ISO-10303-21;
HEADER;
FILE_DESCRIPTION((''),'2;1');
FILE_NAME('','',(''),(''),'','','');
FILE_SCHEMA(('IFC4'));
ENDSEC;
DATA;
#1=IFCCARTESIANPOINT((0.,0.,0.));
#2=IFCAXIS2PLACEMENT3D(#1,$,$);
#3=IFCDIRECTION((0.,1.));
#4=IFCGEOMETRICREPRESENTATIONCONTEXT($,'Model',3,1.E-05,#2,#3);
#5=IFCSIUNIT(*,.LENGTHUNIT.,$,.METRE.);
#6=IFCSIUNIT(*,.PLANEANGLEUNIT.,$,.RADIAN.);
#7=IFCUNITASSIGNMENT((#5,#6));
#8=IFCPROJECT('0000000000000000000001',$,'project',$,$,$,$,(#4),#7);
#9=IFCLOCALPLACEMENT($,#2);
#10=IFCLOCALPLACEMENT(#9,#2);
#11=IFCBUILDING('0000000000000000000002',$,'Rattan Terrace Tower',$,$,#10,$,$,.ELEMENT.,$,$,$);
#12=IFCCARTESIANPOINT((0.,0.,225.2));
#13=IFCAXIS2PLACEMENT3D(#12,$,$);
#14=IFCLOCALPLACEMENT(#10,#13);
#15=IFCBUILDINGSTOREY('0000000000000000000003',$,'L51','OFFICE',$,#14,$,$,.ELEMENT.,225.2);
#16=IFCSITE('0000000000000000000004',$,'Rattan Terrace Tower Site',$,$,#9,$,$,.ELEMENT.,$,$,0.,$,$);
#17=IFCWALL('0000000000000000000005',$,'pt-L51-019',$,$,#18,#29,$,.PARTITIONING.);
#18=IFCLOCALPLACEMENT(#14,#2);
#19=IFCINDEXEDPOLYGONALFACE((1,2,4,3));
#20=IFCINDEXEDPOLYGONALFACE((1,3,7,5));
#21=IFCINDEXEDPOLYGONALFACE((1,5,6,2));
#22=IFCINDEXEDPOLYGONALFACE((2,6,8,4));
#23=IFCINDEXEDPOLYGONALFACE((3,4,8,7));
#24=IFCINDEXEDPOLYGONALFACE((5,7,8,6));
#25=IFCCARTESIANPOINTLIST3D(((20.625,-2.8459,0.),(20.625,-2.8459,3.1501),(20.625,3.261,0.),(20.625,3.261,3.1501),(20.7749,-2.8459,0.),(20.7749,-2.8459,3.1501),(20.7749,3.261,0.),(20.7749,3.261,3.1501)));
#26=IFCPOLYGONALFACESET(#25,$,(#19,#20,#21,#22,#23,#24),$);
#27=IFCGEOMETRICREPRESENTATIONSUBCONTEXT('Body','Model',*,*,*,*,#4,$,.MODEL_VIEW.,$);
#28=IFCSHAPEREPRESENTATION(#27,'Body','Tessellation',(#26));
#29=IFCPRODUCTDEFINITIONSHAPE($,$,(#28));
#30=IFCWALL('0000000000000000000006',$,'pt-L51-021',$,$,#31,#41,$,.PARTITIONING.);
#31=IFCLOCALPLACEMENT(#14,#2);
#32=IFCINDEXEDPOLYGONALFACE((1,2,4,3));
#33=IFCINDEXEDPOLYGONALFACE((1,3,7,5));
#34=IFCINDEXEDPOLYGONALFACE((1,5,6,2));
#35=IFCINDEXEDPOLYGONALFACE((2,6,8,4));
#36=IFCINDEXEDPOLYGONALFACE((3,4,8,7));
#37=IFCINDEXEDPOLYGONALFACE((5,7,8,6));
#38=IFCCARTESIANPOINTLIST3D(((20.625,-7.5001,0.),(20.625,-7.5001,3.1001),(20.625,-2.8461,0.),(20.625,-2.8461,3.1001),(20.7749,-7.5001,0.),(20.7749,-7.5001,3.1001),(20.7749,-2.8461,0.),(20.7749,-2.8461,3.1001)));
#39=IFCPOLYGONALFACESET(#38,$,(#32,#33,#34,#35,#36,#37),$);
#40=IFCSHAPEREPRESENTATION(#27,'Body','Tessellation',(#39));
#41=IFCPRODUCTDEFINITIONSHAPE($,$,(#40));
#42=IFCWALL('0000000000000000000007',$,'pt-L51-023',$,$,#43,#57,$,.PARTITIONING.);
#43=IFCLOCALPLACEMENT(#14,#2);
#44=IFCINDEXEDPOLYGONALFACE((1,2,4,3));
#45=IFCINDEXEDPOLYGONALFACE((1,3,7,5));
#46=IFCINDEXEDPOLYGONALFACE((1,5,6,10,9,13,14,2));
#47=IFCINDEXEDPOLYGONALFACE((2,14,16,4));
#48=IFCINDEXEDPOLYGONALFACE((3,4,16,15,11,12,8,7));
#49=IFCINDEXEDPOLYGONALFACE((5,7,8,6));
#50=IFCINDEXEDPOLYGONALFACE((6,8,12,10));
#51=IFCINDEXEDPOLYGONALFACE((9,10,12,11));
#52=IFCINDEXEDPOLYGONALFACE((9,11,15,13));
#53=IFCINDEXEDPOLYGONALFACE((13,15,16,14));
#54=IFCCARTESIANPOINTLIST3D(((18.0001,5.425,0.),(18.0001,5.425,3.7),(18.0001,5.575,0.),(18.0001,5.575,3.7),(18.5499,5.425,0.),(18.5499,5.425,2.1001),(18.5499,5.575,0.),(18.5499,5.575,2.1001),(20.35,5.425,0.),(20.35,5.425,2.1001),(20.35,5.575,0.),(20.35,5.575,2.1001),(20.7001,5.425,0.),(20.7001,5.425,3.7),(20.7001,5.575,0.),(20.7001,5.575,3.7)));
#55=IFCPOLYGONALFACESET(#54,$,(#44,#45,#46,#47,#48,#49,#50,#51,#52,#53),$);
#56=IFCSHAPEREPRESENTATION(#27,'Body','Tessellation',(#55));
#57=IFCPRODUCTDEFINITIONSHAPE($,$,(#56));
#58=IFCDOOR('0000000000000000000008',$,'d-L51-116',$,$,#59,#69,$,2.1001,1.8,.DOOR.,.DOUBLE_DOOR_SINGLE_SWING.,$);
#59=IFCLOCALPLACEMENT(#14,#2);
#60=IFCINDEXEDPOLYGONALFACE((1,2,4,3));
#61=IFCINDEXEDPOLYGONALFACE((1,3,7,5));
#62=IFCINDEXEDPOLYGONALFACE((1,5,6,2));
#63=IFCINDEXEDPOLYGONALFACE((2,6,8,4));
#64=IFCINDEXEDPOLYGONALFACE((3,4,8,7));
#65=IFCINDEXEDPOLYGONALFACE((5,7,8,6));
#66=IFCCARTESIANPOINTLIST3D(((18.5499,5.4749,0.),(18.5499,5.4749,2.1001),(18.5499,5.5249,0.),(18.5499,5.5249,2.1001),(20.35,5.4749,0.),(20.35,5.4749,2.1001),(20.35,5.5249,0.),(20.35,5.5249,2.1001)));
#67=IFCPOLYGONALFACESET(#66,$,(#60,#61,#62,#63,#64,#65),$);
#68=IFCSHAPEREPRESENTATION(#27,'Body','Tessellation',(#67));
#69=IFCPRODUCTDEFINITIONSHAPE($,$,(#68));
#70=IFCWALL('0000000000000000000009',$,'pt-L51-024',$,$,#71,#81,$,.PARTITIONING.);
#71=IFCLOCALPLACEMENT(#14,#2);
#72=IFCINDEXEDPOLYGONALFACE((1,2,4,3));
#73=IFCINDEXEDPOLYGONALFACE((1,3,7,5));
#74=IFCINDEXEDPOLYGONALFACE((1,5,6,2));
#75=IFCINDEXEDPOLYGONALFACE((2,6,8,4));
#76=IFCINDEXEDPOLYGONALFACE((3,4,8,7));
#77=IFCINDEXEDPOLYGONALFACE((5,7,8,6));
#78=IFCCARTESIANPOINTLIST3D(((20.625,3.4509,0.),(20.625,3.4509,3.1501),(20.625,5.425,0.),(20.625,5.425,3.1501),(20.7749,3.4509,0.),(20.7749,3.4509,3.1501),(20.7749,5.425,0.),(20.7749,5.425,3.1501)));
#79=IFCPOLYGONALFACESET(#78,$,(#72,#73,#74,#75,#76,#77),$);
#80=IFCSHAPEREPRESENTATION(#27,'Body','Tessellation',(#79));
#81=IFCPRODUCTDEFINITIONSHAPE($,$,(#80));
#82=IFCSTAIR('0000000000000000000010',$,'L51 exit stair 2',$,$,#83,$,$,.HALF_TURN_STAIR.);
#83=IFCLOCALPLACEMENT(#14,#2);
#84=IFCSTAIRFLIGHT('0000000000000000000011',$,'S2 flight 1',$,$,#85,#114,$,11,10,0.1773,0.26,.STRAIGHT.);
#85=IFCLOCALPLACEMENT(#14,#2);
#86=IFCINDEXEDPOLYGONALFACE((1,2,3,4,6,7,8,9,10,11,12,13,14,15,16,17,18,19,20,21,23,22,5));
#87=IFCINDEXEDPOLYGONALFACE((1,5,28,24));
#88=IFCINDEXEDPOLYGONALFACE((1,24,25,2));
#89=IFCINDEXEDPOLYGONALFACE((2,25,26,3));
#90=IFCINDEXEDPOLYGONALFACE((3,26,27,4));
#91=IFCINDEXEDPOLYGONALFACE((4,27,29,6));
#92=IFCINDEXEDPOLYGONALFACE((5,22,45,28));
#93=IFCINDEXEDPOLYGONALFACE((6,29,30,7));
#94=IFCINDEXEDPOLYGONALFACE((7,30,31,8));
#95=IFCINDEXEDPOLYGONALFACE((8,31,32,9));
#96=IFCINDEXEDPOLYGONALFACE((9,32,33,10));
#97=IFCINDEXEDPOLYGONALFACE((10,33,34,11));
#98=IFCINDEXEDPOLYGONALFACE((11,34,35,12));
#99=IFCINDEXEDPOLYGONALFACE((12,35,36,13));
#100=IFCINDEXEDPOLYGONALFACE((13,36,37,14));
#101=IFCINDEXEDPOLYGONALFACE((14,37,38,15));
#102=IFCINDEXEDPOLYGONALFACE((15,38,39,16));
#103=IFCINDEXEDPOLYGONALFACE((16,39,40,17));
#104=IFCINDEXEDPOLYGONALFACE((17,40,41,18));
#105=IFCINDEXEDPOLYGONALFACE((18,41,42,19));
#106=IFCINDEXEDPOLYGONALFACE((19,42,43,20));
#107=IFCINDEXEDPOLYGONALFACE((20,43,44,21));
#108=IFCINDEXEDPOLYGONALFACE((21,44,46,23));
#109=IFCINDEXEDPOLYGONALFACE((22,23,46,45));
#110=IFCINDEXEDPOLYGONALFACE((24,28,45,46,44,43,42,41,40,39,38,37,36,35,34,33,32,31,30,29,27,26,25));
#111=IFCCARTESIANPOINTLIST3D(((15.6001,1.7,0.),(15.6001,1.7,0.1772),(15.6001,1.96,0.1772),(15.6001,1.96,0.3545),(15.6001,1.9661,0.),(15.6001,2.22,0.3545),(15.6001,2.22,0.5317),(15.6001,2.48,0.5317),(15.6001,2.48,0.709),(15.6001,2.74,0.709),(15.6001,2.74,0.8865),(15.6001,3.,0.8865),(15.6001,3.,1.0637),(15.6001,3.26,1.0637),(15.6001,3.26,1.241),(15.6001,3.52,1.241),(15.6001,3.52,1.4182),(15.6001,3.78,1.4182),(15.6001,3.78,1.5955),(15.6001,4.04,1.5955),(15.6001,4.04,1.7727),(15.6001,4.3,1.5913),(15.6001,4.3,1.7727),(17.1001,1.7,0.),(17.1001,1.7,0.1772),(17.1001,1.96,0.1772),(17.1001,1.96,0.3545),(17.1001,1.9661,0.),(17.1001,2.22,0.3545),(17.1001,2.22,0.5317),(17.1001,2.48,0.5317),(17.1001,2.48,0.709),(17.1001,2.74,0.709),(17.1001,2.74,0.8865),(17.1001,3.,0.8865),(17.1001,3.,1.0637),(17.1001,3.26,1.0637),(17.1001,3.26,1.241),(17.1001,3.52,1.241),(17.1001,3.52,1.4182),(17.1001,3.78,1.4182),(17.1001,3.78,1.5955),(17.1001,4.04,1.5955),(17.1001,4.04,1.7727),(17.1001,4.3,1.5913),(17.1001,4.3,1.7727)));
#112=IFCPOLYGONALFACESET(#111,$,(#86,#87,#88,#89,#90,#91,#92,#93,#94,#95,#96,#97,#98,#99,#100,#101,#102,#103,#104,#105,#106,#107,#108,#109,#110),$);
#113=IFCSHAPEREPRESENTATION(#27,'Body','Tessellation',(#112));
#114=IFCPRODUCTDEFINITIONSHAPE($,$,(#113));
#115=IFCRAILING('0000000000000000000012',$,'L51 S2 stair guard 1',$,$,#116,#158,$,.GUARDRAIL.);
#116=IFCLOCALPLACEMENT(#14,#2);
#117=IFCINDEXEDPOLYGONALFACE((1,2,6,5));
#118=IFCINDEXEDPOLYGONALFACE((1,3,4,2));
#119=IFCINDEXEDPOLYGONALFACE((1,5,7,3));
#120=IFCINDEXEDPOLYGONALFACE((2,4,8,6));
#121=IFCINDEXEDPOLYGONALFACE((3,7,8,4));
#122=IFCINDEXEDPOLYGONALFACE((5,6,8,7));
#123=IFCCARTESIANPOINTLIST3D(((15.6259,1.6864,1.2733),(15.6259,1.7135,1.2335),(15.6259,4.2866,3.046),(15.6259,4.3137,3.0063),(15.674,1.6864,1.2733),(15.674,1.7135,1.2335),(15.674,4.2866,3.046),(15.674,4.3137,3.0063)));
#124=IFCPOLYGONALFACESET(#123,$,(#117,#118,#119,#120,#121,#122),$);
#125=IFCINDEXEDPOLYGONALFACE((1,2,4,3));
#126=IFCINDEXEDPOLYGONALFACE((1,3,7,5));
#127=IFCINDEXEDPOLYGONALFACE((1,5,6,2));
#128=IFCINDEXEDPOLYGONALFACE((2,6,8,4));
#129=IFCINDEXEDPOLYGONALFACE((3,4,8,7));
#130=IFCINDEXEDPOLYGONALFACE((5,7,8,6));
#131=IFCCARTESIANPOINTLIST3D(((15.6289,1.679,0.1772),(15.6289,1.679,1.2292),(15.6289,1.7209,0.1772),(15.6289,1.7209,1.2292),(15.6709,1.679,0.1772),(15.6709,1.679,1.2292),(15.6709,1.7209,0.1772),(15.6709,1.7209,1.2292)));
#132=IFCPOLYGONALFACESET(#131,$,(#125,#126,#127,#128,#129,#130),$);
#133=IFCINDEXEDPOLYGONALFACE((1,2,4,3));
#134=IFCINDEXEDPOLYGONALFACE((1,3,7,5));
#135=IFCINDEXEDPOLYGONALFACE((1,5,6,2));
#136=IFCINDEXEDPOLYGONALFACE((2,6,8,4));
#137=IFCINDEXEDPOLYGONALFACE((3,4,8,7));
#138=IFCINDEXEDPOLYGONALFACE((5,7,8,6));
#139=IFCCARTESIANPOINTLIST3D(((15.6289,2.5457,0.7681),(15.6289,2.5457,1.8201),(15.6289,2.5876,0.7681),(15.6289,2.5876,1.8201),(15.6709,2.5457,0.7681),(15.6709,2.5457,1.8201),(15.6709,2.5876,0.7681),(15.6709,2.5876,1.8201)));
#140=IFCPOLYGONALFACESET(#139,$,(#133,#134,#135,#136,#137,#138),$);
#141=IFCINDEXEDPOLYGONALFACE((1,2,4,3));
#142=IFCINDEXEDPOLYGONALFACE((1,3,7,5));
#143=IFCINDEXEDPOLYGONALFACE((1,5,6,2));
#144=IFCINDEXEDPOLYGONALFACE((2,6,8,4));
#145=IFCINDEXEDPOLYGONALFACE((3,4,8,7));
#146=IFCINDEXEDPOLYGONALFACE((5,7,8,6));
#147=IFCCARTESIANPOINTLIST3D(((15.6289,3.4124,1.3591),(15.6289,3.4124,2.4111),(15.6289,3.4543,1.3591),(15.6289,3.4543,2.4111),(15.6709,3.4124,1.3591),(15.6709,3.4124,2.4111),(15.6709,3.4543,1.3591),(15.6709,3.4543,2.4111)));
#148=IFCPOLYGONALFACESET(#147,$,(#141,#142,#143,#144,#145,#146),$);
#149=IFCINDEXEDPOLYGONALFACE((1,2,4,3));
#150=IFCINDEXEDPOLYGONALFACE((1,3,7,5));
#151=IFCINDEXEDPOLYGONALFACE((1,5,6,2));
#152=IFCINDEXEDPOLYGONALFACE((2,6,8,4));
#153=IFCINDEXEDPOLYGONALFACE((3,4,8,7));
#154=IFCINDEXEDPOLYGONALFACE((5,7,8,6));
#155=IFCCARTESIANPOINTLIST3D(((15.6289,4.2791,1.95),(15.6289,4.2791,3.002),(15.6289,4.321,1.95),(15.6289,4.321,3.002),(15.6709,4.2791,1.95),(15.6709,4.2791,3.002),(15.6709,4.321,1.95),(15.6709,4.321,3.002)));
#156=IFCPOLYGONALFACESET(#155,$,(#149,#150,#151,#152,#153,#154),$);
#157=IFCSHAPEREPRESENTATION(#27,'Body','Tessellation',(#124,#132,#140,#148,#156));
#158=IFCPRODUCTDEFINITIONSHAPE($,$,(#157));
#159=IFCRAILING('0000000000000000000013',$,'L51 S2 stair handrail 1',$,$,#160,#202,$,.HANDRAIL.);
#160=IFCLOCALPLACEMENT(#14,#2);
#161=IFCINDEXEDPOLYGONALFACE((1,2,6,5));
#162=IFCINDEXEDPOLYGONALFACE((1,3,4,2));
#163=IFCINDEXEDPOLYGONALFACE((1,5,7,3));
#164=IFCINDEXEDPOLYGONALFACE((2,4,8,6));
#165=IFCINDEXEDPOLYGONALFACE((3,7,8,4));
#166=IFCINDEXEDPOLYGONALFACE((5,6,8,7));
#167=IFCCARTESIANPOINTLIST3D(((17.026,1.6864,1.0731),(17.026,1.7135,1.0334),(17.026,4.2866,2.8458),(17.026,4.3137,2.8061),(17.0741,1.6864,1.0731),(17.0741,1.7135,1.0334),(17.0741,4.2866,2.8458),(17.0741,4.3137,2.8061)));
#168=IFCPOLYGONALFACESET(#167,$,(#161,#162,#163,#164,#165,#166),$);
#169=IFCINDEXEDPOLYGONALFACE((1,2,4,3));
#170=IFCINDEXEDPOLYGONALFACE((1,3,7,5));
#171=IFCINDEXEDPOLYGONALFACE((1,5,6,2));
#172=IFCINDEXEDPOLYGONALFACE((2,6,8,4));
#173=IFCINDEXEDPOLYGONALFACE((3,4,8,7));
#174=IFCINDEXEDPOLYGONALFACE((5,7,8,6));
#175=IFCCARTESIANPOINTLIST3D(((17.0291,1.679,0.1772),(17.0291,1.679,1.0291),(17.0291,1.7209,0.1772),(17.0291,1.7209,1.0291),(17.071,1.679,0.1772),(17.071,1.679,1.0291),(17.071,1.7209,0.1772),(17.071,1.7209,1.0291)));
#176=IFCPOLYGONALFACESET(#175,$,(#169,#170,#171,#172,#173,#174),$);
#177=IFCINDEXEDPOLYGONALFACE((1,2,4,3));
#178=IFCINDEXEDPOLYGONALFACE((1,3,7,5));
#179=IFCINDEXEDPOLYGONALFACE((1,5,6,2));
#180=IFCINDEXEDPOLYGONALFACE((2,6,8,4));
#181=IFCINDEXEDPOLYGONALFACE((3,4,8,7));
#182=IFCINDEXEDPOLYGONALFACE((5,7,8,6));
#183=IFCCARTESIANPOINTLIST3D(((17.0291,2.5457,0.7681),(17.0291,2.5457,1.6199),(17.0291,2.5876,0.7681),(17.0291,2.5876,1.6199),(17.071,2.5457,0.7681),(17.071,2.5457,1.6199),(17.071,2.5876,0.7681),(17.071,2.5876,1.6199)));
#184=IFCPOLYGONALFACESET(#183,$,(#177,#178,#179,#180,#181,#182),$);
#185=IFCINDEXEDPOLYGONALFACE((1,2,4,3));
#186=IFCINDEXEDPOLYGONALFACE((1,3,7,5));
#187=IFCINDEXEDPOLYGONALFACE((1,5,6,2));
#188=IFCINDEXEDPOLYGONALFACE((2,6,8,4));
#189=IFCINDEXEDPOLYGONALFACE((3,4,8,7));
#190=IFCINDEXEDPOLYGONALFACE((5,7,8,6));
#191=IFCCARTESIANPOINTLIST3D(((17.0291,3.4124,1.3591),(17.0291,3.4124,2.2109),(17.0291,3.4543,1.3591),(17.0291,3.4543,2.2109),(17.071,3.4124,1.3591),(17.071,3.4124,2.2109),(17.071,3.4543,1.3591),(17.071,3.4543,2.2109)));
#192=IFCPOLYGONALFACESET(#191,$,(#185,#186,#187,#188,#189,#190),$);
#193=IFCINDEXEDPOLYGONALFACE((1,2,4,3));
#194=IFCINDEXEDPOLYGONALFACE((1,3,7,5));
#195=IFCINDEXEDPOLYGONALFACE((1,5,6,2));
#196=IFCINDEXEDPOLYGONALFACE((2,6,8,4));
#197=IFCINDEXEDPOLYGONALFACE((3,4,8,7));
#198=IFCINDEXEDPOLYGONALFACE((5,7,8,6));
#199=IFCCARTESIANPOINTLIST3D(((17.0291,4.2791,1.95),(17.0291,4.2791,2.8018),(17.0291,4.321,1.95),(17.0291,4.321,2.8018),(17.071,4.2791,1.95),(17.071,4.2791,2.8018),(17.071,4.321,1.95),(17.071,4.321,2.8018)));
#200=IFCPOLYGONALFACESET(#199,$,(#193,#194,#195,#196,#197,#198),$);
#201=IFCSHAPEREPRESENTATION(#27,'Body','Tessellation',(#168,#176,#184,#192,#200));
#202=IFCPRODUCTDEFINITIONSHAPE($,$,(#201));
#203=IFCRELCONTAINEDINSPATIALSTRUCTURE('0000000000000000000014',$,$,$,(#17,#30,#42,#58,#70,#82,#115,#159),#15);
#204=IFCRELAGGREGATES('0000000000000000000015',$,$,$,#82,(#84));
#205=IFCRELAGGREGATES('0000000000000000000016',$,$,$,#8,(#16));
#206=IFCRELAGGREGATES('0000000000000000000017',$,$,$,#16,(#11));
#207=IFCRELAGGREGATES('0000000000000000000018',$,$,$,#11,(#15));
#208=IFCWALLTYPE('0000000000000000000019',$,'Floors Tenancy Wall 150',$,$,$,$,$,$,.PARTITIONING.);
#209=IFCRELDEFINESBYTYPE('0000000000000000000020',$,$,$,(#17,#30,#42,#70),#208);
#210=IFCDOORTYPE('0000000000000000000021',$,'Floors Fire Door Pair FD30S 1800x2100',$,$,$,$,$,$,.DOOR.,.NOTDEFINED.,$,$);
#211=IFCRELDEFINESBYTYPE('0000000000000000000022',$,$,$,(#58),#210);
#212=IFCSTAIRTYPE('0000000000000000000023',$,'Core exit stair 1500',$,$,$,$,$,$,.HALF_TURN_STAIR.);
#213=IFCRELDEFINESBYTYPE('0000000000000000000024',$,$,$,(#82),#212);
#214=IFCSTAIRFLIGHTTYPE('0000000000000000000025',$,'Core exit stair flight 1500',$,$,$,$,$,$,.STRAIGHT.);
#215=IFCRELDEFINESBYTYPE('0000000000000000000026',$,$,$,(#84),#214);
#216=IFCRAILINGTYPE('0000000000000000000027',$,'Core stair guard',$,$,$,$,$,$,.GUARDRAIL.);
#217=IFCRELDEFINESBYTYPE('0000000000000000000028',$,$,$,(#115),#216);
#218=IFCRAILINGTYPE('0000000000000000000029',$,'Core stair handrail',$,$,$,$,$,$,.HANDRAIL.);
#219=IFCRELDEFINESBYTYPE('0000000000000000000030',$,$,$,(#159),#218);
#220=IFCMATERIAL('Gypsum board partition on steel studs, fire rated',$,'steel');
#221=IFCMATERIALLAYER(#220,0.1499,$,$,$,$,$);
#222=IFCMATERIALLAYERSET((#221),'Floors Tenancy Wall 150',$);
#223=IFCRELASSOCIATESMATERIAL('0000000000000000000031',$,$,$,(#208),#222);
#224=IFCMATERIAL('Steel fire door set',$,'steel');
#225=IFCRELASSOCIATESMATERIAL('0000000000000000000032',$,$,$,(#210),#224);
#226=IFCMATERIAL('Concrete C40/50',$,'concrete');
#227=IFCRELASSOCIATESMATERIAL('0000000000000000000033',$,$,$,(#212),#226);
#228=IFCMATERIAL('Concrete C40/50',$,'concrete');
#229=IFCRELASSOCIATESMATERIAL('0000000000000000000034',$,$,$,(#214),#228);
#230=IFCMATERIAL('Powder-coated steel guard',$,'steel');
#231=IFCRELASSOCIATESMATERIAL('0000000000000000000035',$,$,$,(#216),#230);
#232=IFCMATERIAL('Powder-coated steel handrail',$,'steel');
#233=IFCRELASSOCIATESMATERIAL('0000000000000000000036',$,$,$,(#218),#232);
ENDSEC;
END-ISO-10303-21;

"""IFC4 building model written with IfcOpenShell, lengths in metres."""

from ifc_helpers import new_model, si_unit, direction, frame, frame_2d, origin, origin_2d, place, context, subcontext, project, spatial, polyline, rectangle, outline, extrude, material, layer, layer_set, type_object, element, fill, aggregate, save


model = new_model("IFC4")

# Units and contexts
model_context = context("Model", 3, precision=1e-05, world=origin(), true_north=direction((0.0, 1.0)))
body_context = subcontext(model_context, "Body", "Model", "MODEL_VIEW")
ifc_project = project(units=[si_unit("LENGTHUNIT", "METRE"), si_unit("PLANEANGLEUNIT", "RADIAN")], contexts=[model_context])

# Site, building, storey
site_placement = place(None, origin())
site = spatial("IfcSite", under=ifc_project, at=site_placement, Name="Rattan Terrace Tower Site", CompositionType="ELEMENT", RefElevation=0.0)
building_placement = place(site_placement, origin())
building = spatial("IfcBuilding", under=site, at=building_placement, Name="Rattan Terrace Tower", CompositionType="ELEMENT")
storey_placement = place(building_placement, frame((0.0, 0.0, 225.2)))
storey = spatial("IfcBuildingStorey", under=building, at=storey_placement, Name="L51", Description="OFFICE", CompositionType="ELEMENT", Elevation=225.2)

# Walls
ifc_material_1 = material(Name="Gypsum board partition on steel studs, fire rated", Category="steel")
ifc_layer_1 = layer(ifc_material_1, 0.1499)
ifc_layer_set_1 = layer_set([ifc_layer_1], Name="Floors Tenancy Wall 150")
wall_type_1 = type_object("IfcWallType", Name="Floors Tenancy Wall 150", PredefinedType="PARTITIONING", material=ifc_layer_set_1)
wall_1_placement = place(storey_placement, frame((20.7, 3.261, 0.0), z_axis=(0.0, 0.0, 1.0), x_axis=(0.0, -1.0, 0.0)))
element("IfcWall", 1, at=wall_1_placement, inside=storey, type_object=wall_type_1, Name="pt-L51-019", PredefinedType="PARTITIONING", context=body_context, shape_type="SweptSolid", body=[
    extrude(rectangle(XDim=6.1069, YDim=0.1499, at=frame_2d((3.0535, 0.0))), origin(), (0.0, 0.0, 1.0), 3.1501),
])
wall_2_placement = place(storey_placement, frame((20.7, -2.8459, 0.0), z_axis=(0.0, 0.0, 1.0), x_axis=(0.0, -1.0, 0.0)))
element("IfcWall", 2, at=wall_2_placement, inside=storey, type_object=wall_type_1, Name="pt-L51-021", PredefinedType="PARTITIONING", context=body_context, shape_type="SweptSolid", body=[
    extrude(rectangle(XDim=4.6541, YDim=0.1499, at=frame_2d((2.3271, 0.0))), origin(), (0.0, 0.0, 1.0), 3.1001),
])

# Wall, opening, door
wall_3_placement = place(storey_placement, frame((18.0, 5.5, 0.0), z_axis=(0.0, 0.0, 1.0), x_axis=(1.0, 0.0, 0.0)))
wall_3 = element("IfcWall", 3, at=wall_3_placement, inside=storey, type_object=wall_type_1, Name="pt-L51-023", PredefinedType="PARTITIONING", context=body_context, shape_type="SweptSolid", body=[
    extrude(rectangle(XDim=2.7, YDim=0.1499, at=frame_2d((1.3501, 0.0))), origin(), (0.0, 0.0, 1.0), 3.7),
])
opening_placement = place(wall_3_placement, frame((0.55, 0.0, 0.0)))
opening = element("IfcOpeningElement", 4, at=opening_placement, cuts=wall_3, PredefinedType="OPENING", context=body_context, shape_type="SweptSolid", body=[
    extrude(rectangle(XDim=1.8, YDim=2.1001, at=frame_2d((0.8999, 1.05))), frame((0.0, 0.0854, 0.0), z_axis=(0.0, -1.0, 0.0), x_axis=(1.0, 0.0, 0.0)), (0.0, 0.0, 1.0), 0.1709),
])
ifc_material_2 = material(Name="Steel fire door set", Category="steel")
door_type = type_object("IfcDoorType", Name="Floors Fire Door Pair FD30S 1800x2100", OperationType="NOTDEFINED", PredefinedType="DOOR", material=ifc_material_2)
door_placement = place(opening_placement, origin())
door = element("IfcDoor", 5, at=door_placement, inside=storey, type_object=door_type, Name="d-L51-116", OperationType="DOUBLE_DOOR_SINGLE_SWING", OverallHeight=2.1001, OverallWidth=1.8, PredefinedType="DOOR", context=body_context, shape_type="SweptSolid", body=[
    extrude(rectangle(XDim=1.8, YDim=2.1001, at=frame_2d((0.8999, 1.05))), frame((0.0, 0.0249, 0.0), z_axis=(0.0, -1.0, 0.0), x_axis=(1.0, 0.0, 0.0)), (0.0, 0.0, 1.0), 0.05),
])
fill(opening, door)

# Wall
wall_4_placement = place(storey_placement, frame((20.7, 5.425, 0.0), z_axis=(0.0, 0.0, 1.0), x_axis=(0.0, -1.0, 0.0)))
element("IfcWall", 6, at=wall_4_placement, inside=storey, type_object=wall_type_1, Name="pt-L51-024", PredefinedType="PARTITIONING", context=body_context, shape_type="SweptSolid", body=[
    extrude(rectangle(XDim=1.9741, YDim=0.1499, at=frame_2d((0.9871, 0.0))), origin(), (0.0, 0.0, 1.0), 3.1501),
])

# Stair, stair flight
ifc_material_3 = material(Name="Concrete C40/50", Category="concrete")
stair_type = type_object("IfcStairType", Name="Core exit stair 1500", PredefinedType="HALF_TURN_STAIR", material=ifc_material_3)
stair_placement = place(storey_placement, origin())
stair = element("IfcStair", 7, at=stair_placement, inside=storey, type_object=stair_type, Name="L51 exit stair 2", PredefinedType="HALF_TURN_STAIR")
ifc_material_4 = material(Name="Concrete C40/50", Category="concrete")
stair_flight_type = type_object("IfcStairFlightType", Name="Core exit stair flight 1500", PredefinedType="STRAIGHT", material=ifc_material_4)
stair_flight_placement = place(storey_placement, frame((16.3501, 1.7, 0.0), z_axis=(0.0, 0.0, 1.0), x_axis=(0.0, 1.0, 0.0)))
stair_flight = element("IfcStairFlight", 8, at=stair_flight_placement, type_object=stair_flight_type, Name="S2 flight 1", NumberOfRisers=11, NumberOfTreads=10, PredefinedType="STRAIGHT", RiserHeight=0.1773, TreadLength=0.26, context=body_context, shape_type="SweptSolid", body=[
    extrude(outline(polyline([(0.0, 0.0), (0.0, 0.1772), (0.26, 0.1772), (0.26, 0.3545), (0.52, 0.3545), (0.52, 0.5317), (0.78, 0.5317), (0.78, 0.709), (1.04, 0.709), (1.04, 0.8865), (1.3, 0.8865), (1.3, 1.0637), (1.5601, 1.0637), (1.5601, 1.241), (1.8201, 1.241), (1.8201, 1.4182), (2.0801, 1.4182), (2.0801, 1.5955), (2.3401, 1.5955), (2.3401, 1.7727), (2.6001, 1.7727), (2.6001, 1.95), (2.6001, 1.5913), (0.2661, 0.0), (0.0, 0.0)])), frame((0.0, 0.75, 0.0), z_axis=(0.0, -1.0, 0.0), x_axis=(1.0, 0.0, 0.0)), (0.0, 0.0, 1.0), 1.5),
])
aggregate(stair, [stair_flight])

# Railings
ifc_material_5 = material(Name="Powder-coated steel guard", Category="steel")
railing_type_1 = type_object("IfcRailingType", Name="Core stair guard", PredefinedType="GUARDRAIL", material=ifc_material_5)
railing_1_placement = place(storey_placement, frame((15.6499, 1.7, 0.1772)))
element("IfcRailing", 9, at=railing_1_placement, inside=storey, type_object=railing_type_1, Name="L51 S2 stair guard 1", PredefinedType="GUARDRAIL", context=body_context, shape_type="SweptSolid", body=[
    extrude(rectangle(XDim=0.0481, YDim=0.0481, at=origin_2d()), frame((0.0, 0.0, 1.0762), z_axis=(0.0, 0.82624, 0.563318), x_axis=(-1.0, 0.0, 0.0)), (0.0, 0.0, 1.0), 3.147),
    extrude(rectangle(XDim=0.042, YDim=0.042, at=origin_2d()), origin(), (0.0, 0.0, 1.0), 1.052),
    extrude(rectangle(XDim=0.042, YDim=0.042, at=origin_2d()), frame((0.0, 0.8667, 0.5908)), (0.0, 0.0, 1.0), 1.052),
    extrude(rectangle(XDim=0.042, YDim=0.042, at=origin_2d()), frame((0.0, 1.7334, 1.1819)), (0.0, 0.0, 1.0), 1.052),
    extrude(rectangle(XDim=0.042, YDim=0.042, at=origin_2d()), frame((0.0, 2.6001, 1.7727)), (0.0, 0.0, 1.0), 1.052),
])
ifc_material_6 = material(Name="Powder-coated steel handrail", Category="steel")
railing_type_2 = type_object("IfcRailingType", Name="Core stair handrail", PredefinedType="HANDRAIL", material=ifc_material_6)
railing_2_placement = place(storey_placement, frame((17.05, 1.7, 0.1772)))
element("IfcRailing", 10, at=railing_2_placement, inside=storey, type_object=railing_type_2, Name="L51 S2 stair handrail 1", PredefinedType="HANDRAIL", context=body_context, shape_type="SweptSolid", body=[
    extrude(rectangle(XDim=0.0481, YDim=0.0481, at=origin_2d()), frame((0.0, 0.0, 0.876), z_axis=(0.0, 0.82624, 0.563318), x_axis=(-1.0, 0.0, 0.0)), (0.0, 0.0, 1.0), 3.147),
    extrude(rectangle(XDim=0.042, YDim=0.042, at=origin_2d()), origin(), (0.0, 0.0, 1.0), 0.8518),
    extrude(rectangle(XDim=0.042, YDim=0.042, at=origin_2d()), frame((0.0, 0.8667, 0.5908)), (0.0, 0.0, 1.0), 0.8518),
    extrude(rectangle(XDim=0.042, YDim=0.042, at=origin_2d()), frame((0.0, 1.7334, 1.1819)), (0.0, 0.0, 1.0), 0.8518),
    extrude(rectangle(XDim=0.042, YDim=0.042, at=origin_2d()), frame((0.0, 2.6001, 1.7727)), (0.0, 0.0, 1.0), 0.8518),
])

save(model, "model.ifc")
